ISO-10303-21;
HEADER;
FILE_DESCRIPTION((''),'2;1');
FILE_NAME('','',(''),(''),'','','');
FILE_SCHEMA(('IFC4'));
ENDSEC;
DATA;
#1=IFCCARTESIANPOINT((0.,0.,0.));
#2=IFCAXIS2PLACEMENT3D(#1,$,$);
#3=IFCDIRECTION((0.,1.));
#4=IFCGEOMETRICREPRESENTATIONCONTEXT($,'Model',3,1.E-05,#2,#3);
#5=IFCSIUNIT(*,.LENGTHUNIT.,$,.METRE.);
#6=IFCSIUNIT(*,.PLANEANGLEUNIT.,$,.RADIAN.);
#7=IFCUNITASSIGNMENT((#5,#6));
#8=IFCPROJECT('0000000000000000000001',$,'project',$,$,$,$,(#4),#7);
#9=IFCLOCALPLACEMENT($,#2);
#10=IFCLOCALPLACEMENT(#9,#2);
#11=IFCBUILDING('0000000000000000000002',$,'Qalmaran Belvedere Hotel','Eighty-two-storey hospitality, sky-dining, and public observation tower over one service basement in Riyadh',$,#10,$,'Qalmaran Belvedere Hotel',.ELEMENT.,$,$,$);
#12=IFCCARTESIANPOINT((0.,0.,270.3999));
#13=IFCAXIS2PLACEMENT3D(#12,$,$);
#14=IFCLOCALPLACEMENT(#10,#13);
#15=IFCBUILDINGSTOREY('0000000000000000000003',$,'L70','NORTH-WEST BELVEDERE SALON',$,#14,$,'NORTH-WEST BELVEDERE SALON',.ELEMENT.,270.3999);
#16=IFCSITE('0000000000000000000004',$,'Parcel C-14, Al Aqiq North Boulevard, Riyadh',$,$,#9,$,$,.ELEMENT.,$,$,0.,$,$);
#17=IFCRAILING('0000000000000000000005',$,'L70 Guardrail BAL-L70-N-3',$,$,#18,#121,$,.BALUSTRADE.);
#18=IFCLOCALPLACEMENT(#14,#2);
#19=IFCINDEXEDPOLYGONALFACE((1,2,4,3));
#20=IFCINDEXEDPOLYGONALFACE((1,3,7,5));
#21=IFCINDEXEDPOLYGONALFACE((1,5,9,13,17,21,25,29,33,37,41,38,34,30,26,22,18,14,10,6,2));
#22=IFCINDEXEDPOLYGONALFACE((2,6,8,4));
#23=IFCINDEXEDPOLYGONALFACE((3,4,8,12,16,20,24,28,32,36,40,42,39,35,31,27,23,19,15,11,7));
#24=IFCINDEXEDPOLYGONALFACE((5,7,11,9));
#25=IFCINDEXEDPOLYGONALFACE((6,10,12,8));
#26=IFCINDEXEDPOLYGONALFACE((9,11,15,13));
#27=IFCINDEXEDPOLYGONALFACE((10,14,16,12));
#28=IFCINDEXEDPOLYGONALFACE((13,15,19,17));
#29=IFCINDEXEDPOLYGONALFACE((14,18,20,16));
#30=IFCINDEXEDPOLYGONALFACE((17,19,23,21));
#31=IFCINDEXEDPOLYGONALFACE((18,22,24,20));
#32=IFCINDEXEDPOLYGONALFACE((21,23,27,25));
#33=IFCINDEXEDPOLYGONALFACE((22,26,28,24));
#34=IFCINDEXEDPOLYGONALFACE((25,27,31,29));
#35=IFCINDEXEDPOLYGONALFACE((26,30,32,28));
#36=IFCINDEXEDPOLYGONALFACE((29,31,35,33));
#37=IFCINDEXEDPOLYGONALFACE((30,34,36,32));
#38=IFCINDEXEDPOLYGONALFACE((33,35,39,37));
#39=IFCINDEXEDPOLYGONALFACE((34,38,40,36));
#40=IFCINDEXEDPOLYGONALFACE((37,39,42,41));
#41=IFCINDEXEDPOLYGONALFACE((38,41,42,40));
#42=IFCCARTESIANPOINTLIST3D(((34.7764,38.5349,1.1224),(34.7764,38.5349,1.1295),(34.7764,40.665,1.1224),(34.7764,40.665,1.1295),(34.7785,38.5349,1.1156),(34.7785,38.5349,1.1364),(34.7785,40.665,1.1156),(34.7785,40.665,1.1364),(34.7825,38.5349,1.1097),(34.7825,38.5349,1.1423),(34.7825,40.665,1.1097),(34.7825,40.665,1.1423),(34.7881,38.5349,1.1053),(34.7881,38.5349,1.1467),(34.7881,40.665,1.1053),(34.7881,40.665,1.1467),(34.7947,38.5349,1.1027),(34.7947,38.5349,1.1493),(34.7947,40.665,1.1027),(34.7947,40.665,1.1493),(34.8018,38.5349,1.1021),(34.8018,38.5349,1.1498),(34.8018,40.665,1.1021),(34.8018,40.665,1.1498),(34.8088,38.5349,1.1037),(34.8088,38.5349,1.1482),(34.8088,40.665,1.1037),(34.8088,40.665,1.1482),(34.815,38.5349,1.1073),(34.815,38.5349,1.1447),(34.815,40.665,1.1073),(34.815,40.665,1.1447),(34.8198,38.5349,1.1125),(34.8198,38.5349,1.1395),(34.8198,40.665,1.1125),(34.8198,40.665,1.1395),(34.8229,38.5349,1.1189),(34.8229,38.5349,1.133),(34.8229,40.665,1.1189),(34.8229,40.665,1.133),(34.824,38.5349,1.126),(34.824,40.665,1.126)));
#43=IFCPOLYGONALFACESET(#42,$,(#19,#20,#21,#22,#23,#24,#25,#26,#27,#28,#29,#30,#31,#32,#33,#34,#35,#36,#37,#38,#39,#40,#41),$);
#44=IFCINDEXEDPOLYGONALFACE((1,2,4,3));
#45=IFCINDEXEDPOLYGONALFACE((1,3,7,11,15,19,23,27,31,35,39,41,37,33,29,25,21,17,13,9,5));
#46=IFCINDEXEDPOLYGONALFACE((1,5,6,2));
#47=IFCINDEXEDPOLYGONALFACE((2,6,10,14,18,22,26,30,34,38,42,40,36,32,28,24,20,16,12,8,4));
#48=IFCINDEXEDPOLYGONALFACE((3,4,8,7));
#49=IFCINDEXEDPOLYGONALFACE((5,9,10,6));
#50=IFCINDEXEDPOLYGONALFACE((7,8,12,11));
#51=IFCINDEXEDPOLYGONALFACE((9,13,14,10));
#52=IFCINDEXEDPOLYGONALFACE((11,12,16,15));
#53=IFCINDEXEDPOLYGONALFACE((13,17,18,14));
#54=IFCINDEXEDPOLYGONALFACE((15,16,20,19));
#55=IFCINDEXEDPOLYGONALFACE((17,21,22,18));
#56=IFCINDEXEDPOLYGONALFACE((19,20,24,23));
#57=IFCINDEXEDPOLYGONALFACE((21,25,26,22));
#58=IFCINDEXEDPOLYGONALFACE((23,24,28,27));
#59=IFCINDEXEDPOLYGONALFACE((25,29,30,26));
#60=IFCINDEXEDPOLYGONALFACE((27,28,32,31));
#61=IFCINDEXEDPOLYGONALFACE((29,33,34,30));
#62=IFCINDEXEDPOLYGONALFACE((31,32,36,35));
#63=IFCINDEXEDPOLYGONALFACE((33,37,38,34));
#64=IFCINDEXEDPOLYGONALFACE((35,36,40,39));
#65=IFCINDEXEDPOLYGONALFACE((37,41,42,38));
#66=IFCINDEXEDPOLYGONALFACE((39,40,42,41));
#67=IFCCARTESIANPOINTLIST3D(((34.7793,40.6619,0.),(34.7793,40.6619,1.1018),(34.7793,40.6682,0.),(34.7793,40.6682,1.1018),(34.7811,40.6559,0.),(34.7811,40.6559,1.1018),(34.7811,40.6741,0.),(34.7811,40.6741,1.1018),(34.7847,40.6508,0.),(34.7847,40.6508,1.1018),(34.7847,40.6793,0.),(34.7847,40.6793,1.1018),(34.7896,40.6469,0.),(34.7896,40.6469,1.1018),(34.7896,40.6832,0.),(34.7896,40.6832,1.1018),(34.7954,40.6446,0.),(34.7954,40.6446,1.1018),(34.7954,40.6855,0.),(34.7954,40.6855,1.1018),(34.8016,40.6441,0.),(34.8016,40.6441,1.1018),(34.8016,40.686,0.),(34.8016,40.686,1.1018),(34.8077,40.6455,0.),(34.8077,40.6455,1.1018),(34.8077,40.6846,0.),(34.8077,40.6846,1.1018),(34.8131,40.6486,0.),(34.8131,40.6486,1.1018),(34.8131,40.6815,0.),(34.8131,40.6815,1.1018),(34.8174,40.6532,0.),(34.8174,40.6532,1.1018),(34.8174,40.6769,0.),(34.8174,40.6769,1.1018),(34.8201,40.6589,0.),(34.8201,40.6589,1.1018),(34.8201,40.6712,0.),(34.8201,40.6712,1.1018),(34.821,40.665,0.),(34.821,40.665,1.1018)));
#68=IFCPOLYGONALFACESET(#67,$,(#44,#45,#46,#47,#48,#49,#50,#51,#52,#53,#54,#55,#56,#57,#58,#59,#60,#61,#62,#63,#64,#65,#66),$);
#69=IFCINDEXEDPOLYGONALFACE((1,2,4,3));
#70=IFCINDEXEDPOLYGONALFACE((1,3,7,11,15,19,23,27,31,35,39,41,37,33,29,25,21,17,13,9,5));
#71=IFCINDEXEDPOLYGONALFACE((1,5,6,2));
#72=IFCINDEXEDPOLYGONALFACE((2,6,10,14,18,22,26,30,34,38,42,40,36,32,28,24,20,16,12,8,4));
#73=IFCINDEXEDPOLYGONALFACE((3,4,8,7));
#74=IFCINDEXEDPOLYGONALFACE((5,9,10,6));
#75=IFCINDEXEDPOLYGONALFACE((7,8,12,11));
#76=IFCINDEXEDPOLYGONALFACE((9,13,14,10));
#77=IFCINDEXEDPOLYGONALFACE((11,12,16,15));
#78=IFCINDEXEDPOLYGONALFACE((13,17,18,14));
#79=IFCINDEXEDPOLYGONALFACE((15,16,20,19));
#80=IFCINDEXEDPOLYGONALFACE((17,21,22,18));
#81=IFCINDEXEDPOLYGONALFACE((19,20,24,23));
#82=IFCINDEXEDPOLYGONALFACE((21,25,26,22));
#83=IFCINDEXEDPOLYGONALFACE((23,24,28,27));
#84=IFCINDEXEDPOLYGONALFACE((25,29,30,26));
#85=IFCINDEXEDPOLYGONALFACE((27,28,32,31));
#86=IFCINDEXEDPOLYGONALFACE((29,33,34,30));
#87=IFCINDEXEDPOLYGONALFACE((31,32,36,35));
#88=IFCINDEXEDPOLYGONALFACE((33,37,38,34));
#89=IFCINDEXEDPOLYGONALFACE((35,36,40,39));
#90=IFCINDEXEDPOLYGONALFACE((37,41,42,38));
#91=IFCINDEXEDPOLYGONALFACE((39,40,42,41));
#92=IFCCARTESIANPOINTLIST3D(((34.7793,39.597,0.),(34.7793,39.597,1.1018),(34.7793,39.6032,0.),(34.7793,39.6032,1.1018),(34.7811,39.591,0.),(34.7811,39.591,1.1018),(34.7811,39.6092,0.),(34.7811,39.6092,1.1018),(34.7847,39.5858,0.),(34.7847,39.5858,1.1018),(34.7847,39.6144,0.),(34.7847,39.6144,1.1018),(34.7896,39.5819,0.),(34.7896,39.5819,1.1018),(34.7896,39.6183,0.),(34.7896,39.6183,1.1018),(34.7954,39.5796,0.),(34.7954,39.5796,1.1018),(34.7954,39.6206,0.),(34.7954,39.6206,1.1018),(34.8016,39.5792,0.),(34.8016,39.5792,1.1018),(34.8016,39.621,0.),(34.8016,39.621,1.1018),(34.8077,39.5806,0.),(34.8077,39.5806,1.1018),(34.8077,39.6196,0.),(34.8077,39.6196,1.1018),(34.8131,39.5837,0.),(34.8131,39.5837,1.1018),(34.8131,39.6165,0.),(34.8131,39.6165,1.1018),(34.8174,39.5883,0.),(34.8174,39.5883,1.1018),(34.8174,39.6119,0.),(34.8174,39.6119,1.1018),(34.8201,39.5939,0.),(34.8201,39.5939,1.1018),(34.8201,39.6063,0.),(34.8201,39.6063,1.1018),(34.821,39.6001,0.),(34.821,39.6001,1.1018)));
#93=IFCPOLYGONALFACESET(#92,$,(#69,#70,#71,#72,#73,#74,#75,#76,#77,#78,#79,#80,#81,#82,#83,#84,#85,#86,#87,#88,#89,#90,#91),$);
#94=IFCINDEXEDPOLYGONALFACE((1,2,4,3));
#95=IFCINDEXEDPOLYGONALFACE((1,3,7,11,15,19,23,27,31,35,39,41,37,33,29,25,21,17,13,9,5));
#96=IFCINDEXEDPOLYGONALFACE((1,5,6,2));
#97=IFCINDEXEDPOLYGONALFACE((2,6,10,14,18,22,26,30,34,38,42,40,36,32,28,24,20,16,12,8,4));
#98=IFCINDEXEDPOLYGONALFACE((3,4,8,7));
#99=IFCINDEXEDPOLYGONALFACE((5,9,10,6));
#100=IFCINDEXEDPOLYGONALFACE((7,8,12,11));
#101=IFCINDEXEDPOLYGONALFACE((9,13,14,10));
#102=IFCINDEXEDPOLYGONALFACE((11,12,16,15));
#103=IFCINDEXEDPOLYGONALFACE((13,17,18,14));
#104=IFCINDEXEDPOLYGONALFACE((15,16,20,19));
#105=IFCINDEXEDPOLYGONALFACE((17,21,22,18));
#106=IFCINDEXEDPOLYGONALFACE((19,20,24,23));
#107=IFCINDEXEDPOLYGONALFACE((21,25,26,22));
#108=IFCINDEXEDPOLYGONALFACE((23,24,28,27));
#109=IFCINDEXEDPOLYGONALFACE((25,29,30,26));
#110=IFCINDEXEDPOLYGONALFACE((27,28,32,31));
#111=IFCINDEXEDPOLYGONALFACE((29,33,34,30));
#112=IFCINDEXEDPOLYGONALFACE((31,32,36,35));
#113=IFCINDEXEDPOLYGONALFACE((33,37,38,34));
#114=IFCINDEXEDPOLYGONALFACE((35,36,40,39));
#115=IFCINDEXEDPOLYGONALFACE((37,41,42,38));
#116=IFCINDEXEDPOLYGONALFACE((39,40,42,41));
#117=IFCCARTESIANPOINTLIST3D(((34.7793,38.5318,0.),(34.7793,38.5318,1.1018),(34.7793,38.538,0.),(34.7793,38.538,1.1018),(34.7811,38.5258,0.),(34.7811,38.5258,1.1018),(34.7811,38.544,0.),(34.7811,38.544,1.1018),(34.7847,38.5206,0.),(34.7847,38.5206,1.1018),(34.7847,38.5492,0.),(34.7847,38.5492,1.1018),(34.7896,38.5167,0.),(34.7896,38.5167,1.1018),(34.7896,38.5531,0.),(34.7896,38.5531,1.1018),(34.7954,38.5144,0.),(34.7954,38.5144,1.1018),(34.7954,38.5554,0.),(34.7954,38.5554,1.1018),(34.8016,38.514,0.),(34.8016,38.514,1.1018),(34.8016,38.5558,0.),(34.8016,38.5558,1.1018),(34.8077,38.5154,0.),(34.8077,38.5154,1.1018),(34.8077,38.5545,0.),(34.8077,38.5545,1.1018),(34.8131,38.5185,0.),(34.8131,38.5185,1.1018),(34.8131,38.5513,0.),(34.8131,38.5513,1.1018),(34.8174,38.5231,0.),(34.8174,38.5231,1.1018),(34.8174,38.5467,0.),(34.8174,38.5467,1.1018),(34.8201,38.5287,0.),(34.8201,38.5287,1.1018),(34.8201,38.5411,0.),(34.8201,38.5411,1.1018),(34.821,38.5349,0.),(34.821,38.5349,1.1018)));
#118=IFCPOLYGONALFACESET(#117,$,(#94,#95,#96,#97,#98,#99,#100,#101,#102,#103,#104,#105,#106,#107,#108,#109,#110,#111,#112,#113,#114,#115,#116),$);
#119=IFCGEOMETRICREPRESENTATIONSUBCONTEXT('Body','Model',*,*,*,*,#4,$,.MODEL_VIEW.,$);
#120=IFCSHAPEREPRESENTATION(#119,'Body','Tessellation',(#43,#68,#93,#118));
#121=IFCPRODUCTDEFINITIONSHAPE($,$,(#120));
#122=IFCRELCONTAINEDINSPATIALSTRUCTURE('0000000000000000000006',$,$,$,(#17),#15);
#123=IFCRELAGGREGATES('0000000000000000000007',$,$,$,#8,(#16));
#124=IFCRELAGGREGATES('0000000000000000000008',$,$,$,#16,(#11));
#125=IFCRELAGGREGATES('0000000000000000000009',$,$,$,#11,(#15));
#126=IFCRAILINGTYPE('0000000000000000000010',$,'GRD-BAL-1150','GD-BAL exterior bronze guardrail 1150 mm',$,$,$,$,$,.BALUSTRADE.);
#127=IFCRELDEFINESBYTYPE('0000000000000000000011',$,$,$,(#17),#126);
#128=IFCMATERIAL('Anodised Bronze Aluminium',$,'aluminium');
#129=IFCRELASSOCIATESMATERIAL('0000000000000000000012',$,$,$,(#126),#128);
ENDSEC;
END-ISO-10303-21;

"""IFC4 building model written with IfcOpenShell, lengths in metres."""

from ifc_helpers import new_model, si_unit, direction, frame, origin, origin_2d, place, context, subcontext, project, spatial, circle, extrude, material, type_object, element, save


model = new_model("IFC4")

# Units and contexts
model_context = context("Model", 3, precision=1e-05, world=origin(), true_north=direction((0.0, 1.0)))
body_context = subcontext(model_context, "Body", "Model", "MODEL_VIEW")
ifc_project = project(units=[si_unit("LENGTHUNIT", "METRE"), si_unit("PLANEANGLEUNIT", "RADIAN")], contexts=[model_context])

# Site, building, storey
site_placement = place(None, origin())
site = spatial("IfcSite", under=ifc_project, at=site_placement, Name="Parcel C-14, Al Aqiq North Boulevard, Riyadh", CompositionType="ELEMENT", RefElevation=0.0)
building_placement = place(site_placement, origin())
building = spatial("IfcBuilding", under=site, at=building_placement, Name="Qalmaran Belvedere Hotel", Description="Eighty-two-storey hospitality, sky-dining, and public observation tower over one service basement in Riyadh", LongName="Qalmaran Belvedere Hotel", CompositionType="ELEMENT")
storey_placement = place(building_placement, frame((0.0, 0.0, 270.3999)))
storey = spatial("IfcBuildingStorey", under=building, at=storey_placement, Name="L70", Description="NORTH-WEST BELVEDERE SALON", LongName="NORTH-WEST BELVEDERE SALON", CompositionType="ELEMENT", Elevation=270.3999)

# Shared definitions
ifc_material_1 = material(Name="Anodised Bronze Aluminium", Category="aluminium")

# Railing
railing_type = type_object("IfcRailingType", Name="GRD-BAL-1150", Description="GD-BAL exterior bronze guardrail 1150 mm", PredefinedType="BALUSTRADE", material=ifc_material_1)
railing_1_placement = place(storey_placement, frame((34.8, 40.665, 0.0)))
element("IfcRailing", 1, at=railing_1_placement, inside=storey, type_object=railing_type, Name="L70 Guardrail BAL-L70-N-3", PredefinedType="BALUSTRADE", context=body_context, shape_type="SweptSolid", body=[
    extrude(circle(Radius=0.0239, at=origin_2d()), frame((0.0, 0.0, 1.126), z_axis=(0.0, -1.0, 0.0), x_axis=(1.0, 0.0, 0.0)), (0.0, 0.0, 1.0), 2.1301),
    extrude(circle(Radius=0.021, at=origin_2d()), origin(), (0.0, 0.0, 1.0), 1.1018),
    extrude(circle(Radius=0.021, at=origin_2d()), frame((0.0, -1.0649, 0.0)), (0.0, 0.0, 1.0), 1.1018),
    extrude(circle(Radius=0.021, at=origin_2d()), frame((0.0, -2.1301, 0.0)), (0.0, 0.0, 1.0), 1.1018),
])

save(model, "model.ifc")
